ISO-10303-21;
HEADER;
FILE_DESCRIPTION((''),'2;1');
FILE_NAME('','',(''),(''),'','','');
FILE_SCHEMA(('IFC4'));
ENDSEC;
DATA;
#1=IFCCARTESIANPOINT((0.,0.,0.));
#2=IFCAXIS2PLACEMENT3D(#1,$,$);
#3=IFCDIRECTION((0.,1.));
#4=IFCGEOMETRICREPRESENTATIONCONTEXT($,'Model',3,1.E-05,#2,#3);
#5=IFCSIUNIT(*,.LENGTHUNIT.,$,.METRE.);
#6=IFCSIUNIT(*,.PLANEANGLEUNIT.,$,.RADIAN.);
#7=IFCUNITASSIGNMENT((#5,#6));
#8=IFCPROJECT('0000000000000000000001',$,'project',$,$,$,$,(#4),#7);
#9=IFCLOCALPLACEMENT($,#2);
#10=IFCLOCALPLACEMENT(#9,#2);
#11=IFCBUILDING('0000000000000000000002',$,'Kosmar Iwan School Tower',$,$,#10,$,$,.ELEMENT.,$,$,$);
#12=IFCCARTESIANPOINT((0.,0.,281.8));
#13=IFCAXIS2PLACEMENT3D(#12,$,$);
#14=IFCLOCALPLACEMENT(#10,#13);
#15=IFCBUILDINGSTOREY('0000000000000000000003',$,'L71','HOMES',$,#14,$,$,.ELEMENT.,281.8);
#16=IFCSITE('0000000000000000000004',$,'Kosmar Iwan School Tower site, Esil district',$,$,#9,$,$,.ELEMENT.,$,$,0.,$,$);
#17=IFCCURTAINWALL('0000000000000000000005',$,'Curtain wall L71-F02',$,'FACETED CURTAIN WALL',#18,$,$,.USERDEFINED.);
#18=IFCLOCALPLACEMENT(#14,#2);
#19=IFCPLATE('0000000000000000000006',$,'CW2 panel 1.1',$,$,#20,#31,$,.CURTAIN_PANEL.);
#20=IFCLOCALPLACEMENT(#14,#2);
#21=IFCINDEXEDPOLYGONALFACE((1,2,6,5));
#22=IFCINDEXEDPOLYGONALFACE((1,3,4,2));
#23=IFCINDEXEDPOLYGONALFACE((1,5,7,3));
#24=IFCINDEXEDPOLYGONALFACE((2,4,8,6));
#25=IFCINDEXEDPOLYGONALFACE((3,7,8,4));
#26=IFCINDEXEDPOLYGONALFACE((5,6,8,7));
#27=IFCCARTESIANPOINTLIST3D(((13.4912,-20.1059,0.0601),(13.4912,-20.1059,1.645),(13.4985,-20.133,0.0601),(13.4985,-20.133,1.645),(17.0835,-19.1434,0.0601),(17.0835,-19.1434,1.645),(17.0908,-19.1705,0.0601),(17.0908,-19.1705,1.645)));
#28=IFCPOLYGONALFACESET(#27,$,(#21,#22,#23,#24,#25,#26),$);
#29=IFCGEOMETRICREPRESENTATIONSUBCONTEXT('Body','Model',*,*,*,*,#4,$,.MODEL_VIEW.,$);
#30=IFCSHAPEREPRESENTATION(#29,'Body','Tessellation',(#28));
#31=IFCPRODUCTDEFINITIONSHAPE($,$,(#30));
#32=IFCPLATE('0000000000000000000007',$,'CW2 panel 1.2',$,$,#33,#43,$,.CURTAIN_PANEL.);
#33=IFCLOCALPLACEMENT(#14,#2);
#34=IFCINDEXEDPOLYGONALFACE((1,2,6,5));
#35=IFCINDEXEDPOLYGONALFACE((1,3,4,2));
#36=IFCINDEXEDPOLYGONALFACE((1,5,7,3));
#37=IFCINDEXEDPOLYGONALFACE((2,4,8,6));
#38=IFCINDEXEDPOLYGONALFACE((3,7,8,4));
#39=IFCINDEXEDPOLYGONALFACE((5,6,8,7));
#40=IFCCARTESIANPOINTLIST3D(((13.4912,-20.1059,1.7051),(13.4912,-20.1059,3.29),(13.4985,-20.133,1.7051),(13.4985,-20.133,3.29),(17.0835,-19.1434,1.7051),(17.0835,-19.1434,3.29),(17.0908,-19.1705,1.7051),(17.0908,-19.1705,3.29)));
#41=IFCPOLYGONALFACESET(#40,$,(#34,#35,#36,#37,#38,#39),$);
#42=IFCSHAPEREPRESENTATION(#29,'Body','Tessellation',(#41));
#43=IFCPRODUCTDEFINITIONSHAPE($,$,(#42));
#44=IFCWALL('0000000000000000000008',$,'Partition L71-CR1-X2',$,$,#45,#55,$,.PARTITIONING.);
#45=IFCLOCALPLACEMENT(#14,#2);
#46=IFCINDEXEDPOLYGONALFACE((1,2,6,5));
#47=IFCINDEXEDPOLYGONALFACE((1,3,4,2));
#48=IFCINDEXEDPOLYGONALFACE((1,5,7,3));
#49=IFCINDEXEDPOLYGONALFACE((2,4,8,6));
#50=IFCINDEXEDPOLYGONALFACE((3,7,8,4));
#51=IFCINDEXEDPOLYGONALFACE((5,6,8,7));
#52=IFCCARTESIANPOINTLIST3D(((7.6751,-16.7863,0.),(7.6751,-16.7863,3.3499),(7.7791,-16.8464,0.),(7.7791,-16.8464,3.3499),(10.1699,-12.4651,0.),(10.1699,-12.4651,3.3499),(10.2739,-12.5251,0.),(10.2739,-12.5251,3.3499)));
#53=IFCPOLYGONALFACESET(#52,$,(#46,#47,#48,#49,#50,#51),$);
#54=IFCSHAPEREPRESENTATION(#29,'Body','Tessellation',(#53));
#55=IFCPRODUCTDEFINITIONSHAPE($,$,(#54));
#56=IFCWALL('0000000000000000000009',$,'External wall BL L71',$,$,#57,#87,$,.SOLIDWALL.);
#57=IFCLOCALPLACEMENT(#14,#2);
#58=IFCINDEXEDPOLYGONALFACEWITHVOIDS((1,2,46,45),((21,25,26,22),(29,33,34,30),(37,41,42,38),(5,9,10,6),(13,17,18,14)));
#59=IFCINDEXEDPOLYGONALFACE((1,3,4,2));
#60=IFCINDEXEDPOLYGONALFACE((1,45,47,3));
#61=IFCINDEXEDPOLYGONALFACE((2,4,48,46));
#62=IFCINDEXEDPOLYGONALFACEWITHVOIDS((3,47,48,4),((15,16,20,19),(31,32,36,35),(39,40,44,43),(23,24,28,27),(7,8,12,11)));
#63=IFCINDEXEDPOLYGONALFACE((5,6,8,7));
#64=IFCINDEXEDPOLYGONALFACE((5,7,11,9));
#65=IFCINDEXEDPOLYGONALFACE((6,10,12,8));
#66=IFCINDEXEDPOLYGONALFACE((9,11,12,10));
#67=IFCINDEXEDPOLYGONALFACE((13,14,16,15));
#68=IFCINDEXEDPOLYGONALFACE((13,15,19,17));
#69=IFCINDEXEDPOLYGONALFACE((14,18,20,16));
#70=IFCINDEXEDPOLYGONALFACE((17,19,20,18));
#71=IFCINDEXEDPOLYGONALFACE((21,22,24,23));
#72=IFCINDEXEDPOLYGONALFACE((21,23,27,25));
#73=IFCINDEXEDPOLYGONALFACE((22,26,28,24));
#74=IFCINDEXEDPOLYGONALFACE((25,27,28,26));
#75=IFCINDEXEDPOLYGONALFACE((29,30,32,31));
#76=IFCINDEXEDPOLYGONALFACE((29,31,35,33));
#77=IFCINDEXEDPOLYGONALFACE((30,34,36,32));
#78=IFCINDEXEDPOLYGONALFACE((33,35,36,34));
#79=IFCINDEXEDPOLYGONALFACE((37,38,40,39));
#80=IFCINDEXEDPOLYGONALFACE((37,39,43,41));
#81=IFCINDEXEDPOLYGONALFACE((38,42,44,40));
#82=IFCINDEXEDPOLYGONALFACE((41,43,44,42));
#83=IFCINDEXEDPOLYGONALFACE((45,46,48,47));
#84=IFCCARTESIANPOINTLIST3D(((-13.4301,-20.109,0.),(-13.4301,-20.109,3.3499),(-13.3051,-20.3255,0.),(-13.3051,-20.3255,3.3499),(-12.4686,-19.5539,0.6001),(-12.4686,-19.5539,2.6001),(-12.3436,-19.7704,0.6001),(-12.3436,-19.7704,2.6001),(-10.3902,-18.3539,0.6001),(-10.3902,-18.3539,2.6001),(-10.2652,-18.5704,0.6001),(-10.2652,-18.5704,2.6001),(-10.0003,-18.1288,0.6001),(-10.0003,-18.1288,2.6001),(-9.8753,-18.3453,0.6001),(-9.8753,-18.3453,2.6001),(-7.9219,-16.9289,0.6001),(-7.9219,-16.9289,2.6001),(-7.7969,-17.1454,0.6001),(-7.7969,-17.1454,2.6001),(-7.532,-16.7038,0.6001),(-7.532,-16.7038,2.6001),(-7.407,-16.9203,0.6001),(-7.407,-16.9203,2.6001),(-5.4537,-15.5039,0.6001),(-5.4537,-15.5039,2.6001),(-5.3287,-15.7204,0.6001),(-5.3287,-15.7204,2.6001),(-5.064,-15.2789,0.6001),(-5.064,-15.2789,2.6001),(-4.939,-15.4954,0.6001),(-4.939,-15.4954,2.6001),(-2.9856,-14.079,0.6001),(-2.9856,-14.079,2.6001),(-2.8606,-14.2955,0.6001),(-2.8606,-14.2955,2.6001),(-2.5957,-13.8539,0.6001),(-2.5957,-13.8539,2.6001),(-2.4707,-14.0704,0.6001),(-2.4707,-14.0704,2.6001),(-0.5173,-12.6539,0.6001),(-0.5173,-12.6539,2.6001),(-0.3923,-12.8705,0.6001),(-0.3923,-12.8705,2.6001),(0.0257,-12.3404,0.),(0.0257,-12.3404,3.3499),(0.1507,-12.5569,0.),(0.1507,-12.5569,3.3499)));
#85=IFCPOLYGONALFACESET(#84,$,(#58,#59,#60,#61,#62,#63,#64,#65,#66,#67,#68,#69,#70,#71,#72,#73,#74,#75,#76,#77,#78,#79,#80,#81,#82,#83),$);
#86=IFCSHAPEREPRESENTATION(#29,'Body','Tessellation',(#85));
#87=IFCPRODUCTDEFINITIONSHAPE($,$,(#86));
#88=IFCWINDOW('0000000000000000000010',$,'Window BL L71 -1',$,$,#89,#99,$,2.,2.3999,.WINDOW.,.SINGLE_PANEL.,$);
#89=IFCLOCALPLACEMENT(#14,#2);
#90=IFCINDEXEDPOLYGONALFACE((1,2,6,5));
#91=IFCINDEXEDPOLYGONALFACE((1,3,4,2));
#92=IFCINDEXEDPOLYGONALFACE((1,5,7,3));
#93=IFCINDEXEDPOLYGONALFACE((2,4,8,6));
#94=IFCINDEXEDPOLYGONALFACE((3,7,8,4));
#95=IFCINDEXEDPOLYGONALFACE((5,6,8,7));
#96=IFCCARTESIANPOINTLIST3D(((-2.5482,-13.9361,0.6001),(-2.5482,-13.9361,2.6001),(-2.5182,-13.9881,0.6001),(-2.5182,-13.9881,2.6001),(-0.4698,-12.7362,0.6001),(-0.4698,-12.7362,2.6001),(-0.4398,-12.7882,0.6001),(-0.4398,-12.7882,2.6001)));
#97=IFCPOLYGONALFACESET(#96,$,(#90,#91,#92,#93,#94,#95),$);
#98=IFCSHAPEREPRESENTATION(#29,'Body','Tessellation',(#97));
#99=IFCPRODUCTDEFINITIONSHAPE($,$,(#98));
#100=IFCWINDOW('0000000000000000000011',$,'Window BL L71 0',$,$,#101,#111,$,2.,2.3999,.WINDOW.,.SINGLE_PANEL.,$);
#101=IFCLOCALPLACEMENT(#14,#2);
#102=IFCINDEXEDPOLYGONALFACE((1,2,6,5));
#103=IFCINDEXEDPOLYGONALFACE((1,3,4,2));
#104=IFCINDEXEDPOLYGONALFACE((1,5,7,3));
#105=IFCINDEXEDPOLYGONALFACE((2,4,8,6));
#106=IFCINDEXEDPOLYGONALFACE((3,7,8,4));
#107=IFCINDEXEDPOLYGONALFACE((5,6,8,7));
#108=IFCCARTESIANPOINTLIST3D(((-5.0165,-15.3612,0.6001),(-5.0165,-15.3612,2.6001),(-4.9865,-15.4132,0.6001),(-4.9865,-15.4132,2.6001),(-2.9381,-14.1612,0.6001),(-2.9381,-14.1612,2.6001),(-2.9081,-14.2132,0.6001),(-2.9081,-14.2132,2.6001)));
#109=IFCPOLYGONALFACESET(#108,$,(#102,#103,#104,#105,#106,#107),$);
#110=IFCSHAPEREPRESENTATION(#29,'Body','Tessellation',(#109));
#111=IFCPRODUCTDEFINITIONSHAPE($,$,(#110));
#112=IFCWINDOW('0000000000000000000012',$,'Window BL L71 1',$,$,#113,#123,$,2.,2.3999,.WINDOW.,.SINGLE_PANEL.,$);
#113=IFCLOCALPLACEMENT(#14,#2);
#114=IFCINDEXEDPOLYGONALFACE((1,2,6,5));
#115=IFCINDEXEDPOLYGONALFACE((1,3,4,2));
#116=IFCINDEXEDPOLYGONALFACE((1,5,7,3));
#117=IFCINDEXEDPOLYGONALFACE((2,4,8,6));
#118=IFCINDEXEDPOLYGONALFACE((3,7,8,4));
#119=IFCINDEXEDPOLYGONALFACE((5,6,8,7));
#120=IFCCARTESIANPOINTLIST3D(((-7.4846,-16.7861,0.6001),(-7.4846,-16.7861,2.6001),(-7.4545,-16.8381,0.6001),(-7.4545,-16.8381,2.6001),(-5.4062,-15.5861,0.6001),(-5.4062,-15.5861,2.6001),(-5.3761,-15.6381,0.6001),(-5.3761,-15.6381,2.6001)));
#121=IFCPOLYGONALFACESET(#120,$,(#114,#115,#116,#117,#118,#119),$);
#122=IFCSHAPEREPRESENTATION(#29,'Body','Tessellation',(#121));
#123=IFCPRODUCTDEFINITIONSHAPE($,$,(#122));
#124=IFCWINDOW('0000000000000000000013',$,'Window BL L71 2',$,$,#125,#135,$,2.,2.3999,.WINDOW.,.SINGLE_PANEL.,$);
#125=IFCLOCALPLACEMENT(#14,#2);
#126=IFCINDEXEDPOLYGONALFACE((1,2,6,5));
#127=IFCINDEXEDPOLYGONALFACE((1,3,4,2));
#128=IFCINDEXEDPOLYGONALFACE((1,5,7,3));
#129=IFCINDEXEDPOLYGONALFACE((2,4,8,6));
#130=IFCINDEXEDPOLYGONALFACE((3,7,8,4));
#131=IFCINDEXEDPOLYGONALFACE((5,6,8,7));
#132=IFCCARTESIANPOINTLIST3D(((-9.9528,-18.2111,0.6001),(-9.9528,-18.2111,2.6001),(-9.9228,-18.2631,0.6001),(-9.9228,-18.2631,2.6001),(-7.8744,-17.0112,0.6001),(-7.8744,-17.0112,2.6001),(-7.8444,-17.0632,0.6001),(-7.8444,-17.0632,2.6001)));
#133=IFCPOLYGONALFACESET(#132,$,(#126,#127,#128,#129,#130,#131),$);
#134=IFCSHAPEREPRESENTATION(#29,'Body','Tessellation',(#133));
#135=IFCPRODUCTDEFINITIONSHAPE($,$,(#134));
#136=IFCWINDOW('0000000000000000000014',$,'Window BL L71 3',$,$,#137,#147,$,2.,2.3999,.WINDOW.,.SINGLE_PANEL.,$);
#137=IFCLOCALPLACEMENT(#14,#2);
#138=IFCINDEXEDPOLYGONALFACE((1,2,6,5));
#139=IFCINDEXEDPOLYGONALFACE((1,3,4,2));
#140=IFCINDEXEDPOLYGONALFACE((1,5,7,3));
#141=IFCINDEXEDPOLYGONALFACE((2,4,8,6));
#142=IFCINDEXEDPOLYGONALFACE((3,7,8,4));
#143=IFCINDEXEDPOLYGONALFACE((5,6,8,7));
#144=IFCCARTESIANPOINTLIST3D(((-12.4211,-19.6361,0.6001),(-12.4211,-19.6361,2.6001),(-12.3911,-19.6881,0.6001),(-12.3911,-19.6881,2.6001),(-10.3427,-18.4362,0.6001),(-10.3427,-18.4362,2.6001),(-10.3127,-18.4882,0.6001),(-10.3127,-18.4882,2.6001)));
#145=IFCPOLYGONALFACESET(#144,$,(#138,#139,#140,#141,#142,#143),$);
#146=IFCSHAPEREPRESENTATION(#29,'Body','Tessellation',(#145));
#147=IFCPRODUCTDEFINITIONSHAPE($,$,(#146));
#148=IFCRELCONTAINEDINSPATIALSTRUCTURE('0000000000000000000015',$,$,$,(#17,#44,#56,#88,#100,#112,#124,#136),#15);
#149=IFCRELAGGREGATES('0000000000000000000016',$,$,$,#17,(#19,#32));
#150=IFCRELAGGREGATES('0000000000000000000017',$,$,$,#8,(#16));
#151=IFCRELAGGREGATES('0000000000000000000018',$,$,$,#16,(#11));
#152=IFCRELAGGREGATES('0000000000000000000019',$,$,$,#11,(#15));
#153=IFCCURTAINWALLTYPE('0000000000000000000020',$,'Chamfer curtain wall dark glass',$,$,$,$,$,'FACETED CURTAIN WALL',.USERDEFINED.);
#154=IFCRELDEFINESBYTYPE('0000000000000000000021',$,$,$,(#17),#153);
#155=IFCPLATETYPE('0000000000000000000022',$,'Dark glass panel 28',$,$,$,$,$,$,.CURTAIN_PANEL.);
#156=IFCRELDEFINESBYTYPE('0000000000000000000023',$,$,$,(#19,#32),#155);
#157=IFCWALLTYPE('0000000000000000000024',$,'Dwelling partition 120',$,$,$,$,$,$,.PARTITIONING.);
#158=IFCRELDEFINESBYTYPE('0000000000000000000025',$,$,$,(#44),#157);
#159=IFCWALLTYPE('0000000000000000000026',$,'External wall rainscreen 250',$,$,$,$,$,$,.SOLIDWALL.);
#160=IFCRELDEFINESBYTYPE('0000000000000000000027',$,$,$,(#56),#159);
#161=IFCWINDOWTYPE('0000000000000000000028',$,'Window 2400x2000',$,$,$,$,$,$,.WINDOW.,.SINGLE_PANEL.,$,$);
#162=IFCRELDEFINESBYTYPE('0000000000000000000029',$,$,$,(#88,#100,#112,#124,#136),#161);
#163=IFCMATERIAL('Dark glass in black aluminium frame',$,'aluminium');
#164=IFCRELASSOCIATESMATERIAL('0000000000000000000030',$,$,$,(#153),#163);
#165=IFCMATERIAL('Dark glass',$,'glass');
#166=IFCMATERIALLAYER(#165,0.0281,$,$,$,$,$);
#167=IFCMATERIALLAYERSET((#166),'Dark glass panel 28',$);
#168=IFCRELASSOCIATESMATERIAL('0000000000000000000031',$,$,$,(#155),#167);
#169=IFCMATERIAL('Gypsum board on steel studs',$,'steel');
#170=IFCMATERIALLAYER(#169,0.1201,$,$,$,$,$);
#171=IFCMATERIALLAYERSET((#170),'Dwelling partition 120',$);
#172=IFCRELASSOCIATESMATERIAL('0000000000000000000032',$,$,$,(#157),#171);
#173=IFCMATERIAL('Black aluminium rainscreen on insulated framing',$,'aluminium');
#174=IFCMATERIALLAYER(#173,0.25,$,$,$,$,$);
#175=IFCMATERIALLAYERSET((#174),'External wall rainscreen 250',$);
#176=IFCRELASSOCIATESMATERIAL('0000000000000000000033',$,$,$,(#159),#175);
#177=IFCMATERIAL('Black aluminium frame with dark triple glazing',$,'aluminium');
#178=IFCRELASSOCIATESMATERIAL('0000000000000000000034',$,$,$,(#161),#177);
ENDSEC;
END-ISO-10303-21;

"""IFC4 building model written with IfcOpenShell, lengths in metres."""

from ifc_helpers import new_model, si_unit, direction, frame, frame_2d, origin, origin_2d, place, context, subcontext, project, spatial, rectangle, extrude, material, layer, layer_set, type_object, element, fill, aggregate, save


model = new_model("IFC4")

# Units and contexts
model_context = context("Model", 3, precision=1e-05, world=origin(), true_north=direction((0.0, 1.0)))
body_context = subcontext(model_context, "Body", "Model", "MODEL_VIEW")
ifc_project = project(units=[si_unit("LENGTHUNIT", "METRE"), si_unit("PLANEANGLEUNIT", "RADIAN")], contexts=[model_context])

# Site, building, storey
site_placement = place(None, origin())
site = spatial("IfcSite", under=ifc_project, at=site_placement, Name="Kosmar Iwan School Tower site, Esil district", CompositionType="ELEMENT", RefElevation=0.0)
building_placement = place(site_placement, origin())
building = spatial("IfcBuilding", under=site, at=building_placement, Name="Kosmar Iwan School Tower", CompositionType="ELEMENT")
storey_placement = place(building_placement, frame((0.0, 0.0, 281.8)))
storey = spatial("IfcBuildingStorey", under=building, at=storey_placement, Name="L71", Description="HOMES", CompositionType="ELEMENT", Elevation=281.8)

# Curtain wall
ifc_material_1 = material(Name="Dark glass in black aluminium frame", Category="aluminium")
curtain_wall_type = type_object("IfcCurtainWallType", Name="Chamfer curtain wall dark glass", ElementType="FACETED CURTAIN WALL", PredefinedType="USERDEFINED", material=ifc_material_1)
curtain_wall_placement = place(storey_placement, origin())
curtain_wall = element("IfcCurtainWall", 1, at=curtain_wall_placement, inside=storey, type_object=curtain_wall_type, Name="Curtain wall L71-F02", ObjectType="FACETED CURTAIN WALL", PredefinedType="USERDEFINED")

# Plates
ifc_material_2 = material(Name="Dark glass", Category="glass")
ifc_layer_1 = layer(ifc_material_2, 0.0281)
ifc_layer_set_1 = layer_set([ifc_layer_1], Name="Dark glass panel 28")
plate_type = type_object("IfcPlateType", Name="Dark glass panel 28", PredefinedType="CURTAIN_PANEL", material=ifc_layer_set_1)
plate_1_placement = place(storey_placement, frame((15.291, -19.6382, 0.0601), z_axis=(0.0, 0.0, 1.0), x_axis=(0.965926, 0.258819, 0.0)))
plate_1 = element("IfcPlate", 2, at=plate_1_placement, type_object=plate_type, Name="CW2 panel 1.1", PredefinedType="CURTAIN_PANEL", context=body_context, shape_type="SweptSolid", body=[
    extrude(rectangle(XDim=3.719, YDim=0.0281, at=origin_2d()), origin(), (0.0, 0.0, 1.0), 1.585),
])
plate_2_placement = place(storey_placement, frame((15.291, -19.6382, 1.7051), z_axis=(0.0, 0.0, 1.0), x_axis=(0.965926, 0.258819, 0.0)))
plate_2 = element("IfcPlate", 3, at=plate_2_placement, type_object=plate_type, Name="CW2 panel 1.2", PredefinedType="CURTAIN_PANEL", context=body_context, shape_type="SweptSolid", body=[
    extrude(rectangle(XDim=3.719, YDim=0.0281, at=origin_2d()), origin(), (0.0, 0.0, 1.0), 1.585),
])
aggregate(curtain_wall, [plate_1, plate_2])

# Wall
ifc_material_3 = material(Name="Gypsum board on steel studs", Category="steel")
ifc_layer_2 = layer(ifc_material_3, 0.1201)
ifc_layer_set_2 = layer_set([ifc_layer_2], Name="Dwelling partition 120")
wall_type_1 = type_object("IfcWallType", Name="Dwelling partition 120", PredefinedType="PARTITIONING", material=ifc_layer_set_2)
wall_1_placement = place(storey_placement, frame((10.2219, -12.4951, 0.0), z_axis=(0.0, 0.0, 1.0), x_axis=(-0.499996, -0.866028, 0.0)))
element("IfcWall", 4, at=wall_1_placement, inside=storey, type_object=wall_type_1, Name="Partition L71-CR1-X2", PredefinedType="PARTITIONING", context=body_context, shape_type="SweptSolid", body=[
    extrude(rectangle(XDim=4.9897, YDim=0.1201, at=frame_2d((2.4949, 0.0))), origin(), (0.0, 0.0, 1.0), 3.3499),
])

# Wall, openings, windows
ifc_material_4 = material(Name="Black aluminium rainscreen on insulated framing", Category="aluminium")
ifc_layer_3 = layer(ifc_material_4, 0.25)
ifc_layer_set_3 = layer_set([ifc_layer_3], Name="External wall rainscreen 250")
wall_type_2 = type_object("IfcWallType", Name="External wall rainscreen 250", PredefinedType="SOLIDWALL", material=ifc_layer_set_3)
wall_2_placement = place(storey_placement, frame((0.0881, -12.4487, 0.0), z_axis=(0.0, 0.0, 1.0), x_axis=(-0.86603, -0.499992, 0.0)))
wall_2 = element("IfcWall", 5, at=wall_2_placement, inside=storey, type_object=wall_type_2, Name="External wall BL L71", PredefinedType="SOLIDWALL", context=body_context, shape_type="SweptSolid", body=[
    extrude(rectangle(XDim=15.5374, YDim=0.25, at=frame_2d((7.7686, 0.0))), origin(), (0.0, 0.0, 1.0), 3.3499),
])
opening_1_placement = place(wall_2_placement, frame((0.627, 0.0, 0.6001)))
opening_1 = element("IfcOpeningElement", 6, at=opening_1_placement, cuts=wall_2, PredefinedType="OPENING", context=body_context, shape_type="SweptSolid", body=[
    extrude(rectangle(XDim=2.3999, YDim=2.0, at=frame_2d((1.2, 1.0))), frame((0.0, 0.137, 0.0), z_axis=(0.0, -1.0, 0.0), x_axis=(1.0, 0.0, 0.0)), (0.0, 0.0, 1.0), 0.2739),
])
opening_2_placement = place(wall_2_placement, frame((3.4771, 0.0, 0.6001)))
opening_2 = element("IfcOpeningElement", 7, at=opening_2_placement, cuts=wall_2, PredefinedType="OPENING", context=body_context, shape_type="SweptSolid", body=[
    extrude(rectangle(XDim=2.3999, YDim=2.0, at=frame_2d((1.2, 1.0))), frame((0.0, 0.137, 0.0), z_axis=(0.0, -1.0, 0.0), x_axis=(1.0, 0.0, 0.0)), (0.0, 0.0, 1.0), 0.2739),
])
opening_3_placement = place(wall_2_placement, frame((6.3269, 0.0, 0.6001)))
opening_3 = element("IfcOpeningElement", 8, at=opening_3_placement, cuts=wall_2, PredefinedType="OPENING", context=body_context, shape_type="SweptSolid", body=[
    extrude(rectangle(XDim=2.3999, YDim=2.0, at=frame_2d((1.2, 1.0))), frame((0.0, 0.137, 0.0), z_axis=(0.0, -1.0, 0.0), x_axis=(1.0, 0.0, 0.0)), (0.0, 0.0, 1.0), 0.2739),
])
opening_4_placement = place(wall_2_placement, frame((9.177, 0.0, 0.6001)))
opening_4 = element("IfcOpeningElement", 9, at=opening_4_placement, cuts=wall_2, PredefinedType="OPENING", context=body_context, shape_type="SweptSolid", body=[
    extrude(rectangle(XDim=2.3999, YDim=2.0, at=frame_2d((1.2, 1.0))), frame((0.0, 0.137, 0.0), z_axis=(0.0, -1.0, 0.0), x_axis=(1.0, 0.0, 0.0)), (0.0, 0.0, 1.0), 0.2739),
])
opening_5_placement = place(wall_2_placement, frame((12.0271, 0.0, 0.6001)))
opening_5 = element("IfcOpeningElement", 10, at=opening_5_placement, cuts=wall_2, PredefinedType="OPENING", context=body_context, shape_type="SweptSolid", body=[
    extrude(rectangle(XDim=2.3999, YDim=2.0, at=frame_2d((1.2, 1.0))), frame((0.0, 0.137, 0.0), z_axis=(0.0, -1.0, 0.0), x_axis=(1.0, 0.0, 0.0)), (0.0, 0.0, 1.0), 0.2739),
])
ifc_material_5 = material(Name="Black aluminium frame with dark triple glazing", Category="aluminium")
window_type = type_object("IfcWindowType", Name="Window 2400x2000", PartitioningType="SINGLE_PANEL", PredefinedType="WINDOW", material=ifc_material_5)
window_1_placement = place(opening_1_placement, origin())
window_1 = element("IfcWindow", 11, at=window_1_placement, inside=storey, type_object=window_type, Name="Window BL L71 -1", OverallHeight=2.0, OverallWidth=2.3999, PartitioningType="SINGLE_PANEL", PredefinedType="WINDOW", context=body_context, shape_type="SweptSolid", body=[
    extrude(rectangle(XDim=2.3999, YDim=2.0, at=frame_2d((1.2, 1.0))), frame((0.0, 0.03, 0.0), z_axis=(0.0, -1.0, 0.0), x_axis=(1.0, 0.0, 0.0)), (0.0, 0.0, 1.0), 0.0601),
])
fill(opening_1, window_1)
window_2_placement = place(opening_2_placement, origin())
window_2 = element("IfcWindow", 12, at=window_2_placement, inside=storey, type_object=window_type, Name="Window BL L71 0", OverallHeight=2.0, OverallWidth=2.3999, PartitioningType="SINGLE_PANEL", PredefinedType="WINDOW", context=body_context, shape_type="SweptSolid", body=[
    extrude(rectangle(XDim=2.3999, YDim=2.0, at=frame_2d((1.2, 1.0))), frame((0.0, 0.03, 0.0), z_axis=(0.0, -1.0, 0.0), x_axis=(1.0, 0.0, 0.0)), (0.0, 0.0, 1.0), 0.0601),
])
fill(opening_2, window_2)
window_3_placement = place(opening_3_placement, origin())
window_3 = element("IfcWindow", 13, at=window_3_placement, inside=storey, type_object=window_type, Name="Window BL L71 1", OverallHeight=2.0, OverallWidth=2.3999, PartitioningType="SINGLE_PANEL", PredefinedType="WINDOW", context=body_context, shape_type="SweptSolid", body=[
    extrude(rectangle(XDim=2.3999, YDim=2.0, at=frame_2d((1.2, 1.0))), frame((0.0, 0.03, 0.0), z_axis=(0.0, -1.0, 0.0), x_axis=(1.0, 0.0, 0.0)), (0.0, 0.0, 1.0), 0.0601),
])
fill(opening_3, window_3)
window_4_placement = place(opening_4_placement, origin())
window_4 = element("IfcWindow", 14, at=window_4_placement, inside=storey, type_object=window_type, Name="Window BL L71 2", OverallHeight=2.0, OverallWidth=2.3999, PartitioningType="SINGLE_PANEL", PredefinedType="WINDOW", context=body_context, shape_type="SweptSolid", body=[
    extrude(rectangle(XDim=2.3999, YDim=2.0, at=frame_2d((1.2, 1.0))), frame((0.0, 0.03, 0.0), z_axis=(0.0, -1.0, 0.0), x_axis=(1.0, 0.0, 0.0)), (0.0, 0.0, 1.0), 0.0601),
])
fill(opening_4, window_4)
window_5_placement = place(opening_5_placement, origin())
window_5 = element("IfcWindow", 15, at=window_5_placement, inside=storey, type_object=window_type, Name="Window BL L71 3", OverallHeight=2.0, OverallWidth=2.3999, PartitioningType="SINGLE_PANEL", PredefinedType="WINDOW", context=body_context, shape_type="SweptSolid", body=[
    extrude(rectangle(XDim=2.3999, YDim=2.0, at=frame_2d((1.2, 1.0))), frame((0.0, 0.03, 0.0), z_axis=(0.0, -1.0, 0.0), x_axis=(1.0, 0.0, 0.0)), (0.0, 0.0, 1.0), 0.0601),
])
fill(opening_5, window_5)

save(model, "model.ifc")
